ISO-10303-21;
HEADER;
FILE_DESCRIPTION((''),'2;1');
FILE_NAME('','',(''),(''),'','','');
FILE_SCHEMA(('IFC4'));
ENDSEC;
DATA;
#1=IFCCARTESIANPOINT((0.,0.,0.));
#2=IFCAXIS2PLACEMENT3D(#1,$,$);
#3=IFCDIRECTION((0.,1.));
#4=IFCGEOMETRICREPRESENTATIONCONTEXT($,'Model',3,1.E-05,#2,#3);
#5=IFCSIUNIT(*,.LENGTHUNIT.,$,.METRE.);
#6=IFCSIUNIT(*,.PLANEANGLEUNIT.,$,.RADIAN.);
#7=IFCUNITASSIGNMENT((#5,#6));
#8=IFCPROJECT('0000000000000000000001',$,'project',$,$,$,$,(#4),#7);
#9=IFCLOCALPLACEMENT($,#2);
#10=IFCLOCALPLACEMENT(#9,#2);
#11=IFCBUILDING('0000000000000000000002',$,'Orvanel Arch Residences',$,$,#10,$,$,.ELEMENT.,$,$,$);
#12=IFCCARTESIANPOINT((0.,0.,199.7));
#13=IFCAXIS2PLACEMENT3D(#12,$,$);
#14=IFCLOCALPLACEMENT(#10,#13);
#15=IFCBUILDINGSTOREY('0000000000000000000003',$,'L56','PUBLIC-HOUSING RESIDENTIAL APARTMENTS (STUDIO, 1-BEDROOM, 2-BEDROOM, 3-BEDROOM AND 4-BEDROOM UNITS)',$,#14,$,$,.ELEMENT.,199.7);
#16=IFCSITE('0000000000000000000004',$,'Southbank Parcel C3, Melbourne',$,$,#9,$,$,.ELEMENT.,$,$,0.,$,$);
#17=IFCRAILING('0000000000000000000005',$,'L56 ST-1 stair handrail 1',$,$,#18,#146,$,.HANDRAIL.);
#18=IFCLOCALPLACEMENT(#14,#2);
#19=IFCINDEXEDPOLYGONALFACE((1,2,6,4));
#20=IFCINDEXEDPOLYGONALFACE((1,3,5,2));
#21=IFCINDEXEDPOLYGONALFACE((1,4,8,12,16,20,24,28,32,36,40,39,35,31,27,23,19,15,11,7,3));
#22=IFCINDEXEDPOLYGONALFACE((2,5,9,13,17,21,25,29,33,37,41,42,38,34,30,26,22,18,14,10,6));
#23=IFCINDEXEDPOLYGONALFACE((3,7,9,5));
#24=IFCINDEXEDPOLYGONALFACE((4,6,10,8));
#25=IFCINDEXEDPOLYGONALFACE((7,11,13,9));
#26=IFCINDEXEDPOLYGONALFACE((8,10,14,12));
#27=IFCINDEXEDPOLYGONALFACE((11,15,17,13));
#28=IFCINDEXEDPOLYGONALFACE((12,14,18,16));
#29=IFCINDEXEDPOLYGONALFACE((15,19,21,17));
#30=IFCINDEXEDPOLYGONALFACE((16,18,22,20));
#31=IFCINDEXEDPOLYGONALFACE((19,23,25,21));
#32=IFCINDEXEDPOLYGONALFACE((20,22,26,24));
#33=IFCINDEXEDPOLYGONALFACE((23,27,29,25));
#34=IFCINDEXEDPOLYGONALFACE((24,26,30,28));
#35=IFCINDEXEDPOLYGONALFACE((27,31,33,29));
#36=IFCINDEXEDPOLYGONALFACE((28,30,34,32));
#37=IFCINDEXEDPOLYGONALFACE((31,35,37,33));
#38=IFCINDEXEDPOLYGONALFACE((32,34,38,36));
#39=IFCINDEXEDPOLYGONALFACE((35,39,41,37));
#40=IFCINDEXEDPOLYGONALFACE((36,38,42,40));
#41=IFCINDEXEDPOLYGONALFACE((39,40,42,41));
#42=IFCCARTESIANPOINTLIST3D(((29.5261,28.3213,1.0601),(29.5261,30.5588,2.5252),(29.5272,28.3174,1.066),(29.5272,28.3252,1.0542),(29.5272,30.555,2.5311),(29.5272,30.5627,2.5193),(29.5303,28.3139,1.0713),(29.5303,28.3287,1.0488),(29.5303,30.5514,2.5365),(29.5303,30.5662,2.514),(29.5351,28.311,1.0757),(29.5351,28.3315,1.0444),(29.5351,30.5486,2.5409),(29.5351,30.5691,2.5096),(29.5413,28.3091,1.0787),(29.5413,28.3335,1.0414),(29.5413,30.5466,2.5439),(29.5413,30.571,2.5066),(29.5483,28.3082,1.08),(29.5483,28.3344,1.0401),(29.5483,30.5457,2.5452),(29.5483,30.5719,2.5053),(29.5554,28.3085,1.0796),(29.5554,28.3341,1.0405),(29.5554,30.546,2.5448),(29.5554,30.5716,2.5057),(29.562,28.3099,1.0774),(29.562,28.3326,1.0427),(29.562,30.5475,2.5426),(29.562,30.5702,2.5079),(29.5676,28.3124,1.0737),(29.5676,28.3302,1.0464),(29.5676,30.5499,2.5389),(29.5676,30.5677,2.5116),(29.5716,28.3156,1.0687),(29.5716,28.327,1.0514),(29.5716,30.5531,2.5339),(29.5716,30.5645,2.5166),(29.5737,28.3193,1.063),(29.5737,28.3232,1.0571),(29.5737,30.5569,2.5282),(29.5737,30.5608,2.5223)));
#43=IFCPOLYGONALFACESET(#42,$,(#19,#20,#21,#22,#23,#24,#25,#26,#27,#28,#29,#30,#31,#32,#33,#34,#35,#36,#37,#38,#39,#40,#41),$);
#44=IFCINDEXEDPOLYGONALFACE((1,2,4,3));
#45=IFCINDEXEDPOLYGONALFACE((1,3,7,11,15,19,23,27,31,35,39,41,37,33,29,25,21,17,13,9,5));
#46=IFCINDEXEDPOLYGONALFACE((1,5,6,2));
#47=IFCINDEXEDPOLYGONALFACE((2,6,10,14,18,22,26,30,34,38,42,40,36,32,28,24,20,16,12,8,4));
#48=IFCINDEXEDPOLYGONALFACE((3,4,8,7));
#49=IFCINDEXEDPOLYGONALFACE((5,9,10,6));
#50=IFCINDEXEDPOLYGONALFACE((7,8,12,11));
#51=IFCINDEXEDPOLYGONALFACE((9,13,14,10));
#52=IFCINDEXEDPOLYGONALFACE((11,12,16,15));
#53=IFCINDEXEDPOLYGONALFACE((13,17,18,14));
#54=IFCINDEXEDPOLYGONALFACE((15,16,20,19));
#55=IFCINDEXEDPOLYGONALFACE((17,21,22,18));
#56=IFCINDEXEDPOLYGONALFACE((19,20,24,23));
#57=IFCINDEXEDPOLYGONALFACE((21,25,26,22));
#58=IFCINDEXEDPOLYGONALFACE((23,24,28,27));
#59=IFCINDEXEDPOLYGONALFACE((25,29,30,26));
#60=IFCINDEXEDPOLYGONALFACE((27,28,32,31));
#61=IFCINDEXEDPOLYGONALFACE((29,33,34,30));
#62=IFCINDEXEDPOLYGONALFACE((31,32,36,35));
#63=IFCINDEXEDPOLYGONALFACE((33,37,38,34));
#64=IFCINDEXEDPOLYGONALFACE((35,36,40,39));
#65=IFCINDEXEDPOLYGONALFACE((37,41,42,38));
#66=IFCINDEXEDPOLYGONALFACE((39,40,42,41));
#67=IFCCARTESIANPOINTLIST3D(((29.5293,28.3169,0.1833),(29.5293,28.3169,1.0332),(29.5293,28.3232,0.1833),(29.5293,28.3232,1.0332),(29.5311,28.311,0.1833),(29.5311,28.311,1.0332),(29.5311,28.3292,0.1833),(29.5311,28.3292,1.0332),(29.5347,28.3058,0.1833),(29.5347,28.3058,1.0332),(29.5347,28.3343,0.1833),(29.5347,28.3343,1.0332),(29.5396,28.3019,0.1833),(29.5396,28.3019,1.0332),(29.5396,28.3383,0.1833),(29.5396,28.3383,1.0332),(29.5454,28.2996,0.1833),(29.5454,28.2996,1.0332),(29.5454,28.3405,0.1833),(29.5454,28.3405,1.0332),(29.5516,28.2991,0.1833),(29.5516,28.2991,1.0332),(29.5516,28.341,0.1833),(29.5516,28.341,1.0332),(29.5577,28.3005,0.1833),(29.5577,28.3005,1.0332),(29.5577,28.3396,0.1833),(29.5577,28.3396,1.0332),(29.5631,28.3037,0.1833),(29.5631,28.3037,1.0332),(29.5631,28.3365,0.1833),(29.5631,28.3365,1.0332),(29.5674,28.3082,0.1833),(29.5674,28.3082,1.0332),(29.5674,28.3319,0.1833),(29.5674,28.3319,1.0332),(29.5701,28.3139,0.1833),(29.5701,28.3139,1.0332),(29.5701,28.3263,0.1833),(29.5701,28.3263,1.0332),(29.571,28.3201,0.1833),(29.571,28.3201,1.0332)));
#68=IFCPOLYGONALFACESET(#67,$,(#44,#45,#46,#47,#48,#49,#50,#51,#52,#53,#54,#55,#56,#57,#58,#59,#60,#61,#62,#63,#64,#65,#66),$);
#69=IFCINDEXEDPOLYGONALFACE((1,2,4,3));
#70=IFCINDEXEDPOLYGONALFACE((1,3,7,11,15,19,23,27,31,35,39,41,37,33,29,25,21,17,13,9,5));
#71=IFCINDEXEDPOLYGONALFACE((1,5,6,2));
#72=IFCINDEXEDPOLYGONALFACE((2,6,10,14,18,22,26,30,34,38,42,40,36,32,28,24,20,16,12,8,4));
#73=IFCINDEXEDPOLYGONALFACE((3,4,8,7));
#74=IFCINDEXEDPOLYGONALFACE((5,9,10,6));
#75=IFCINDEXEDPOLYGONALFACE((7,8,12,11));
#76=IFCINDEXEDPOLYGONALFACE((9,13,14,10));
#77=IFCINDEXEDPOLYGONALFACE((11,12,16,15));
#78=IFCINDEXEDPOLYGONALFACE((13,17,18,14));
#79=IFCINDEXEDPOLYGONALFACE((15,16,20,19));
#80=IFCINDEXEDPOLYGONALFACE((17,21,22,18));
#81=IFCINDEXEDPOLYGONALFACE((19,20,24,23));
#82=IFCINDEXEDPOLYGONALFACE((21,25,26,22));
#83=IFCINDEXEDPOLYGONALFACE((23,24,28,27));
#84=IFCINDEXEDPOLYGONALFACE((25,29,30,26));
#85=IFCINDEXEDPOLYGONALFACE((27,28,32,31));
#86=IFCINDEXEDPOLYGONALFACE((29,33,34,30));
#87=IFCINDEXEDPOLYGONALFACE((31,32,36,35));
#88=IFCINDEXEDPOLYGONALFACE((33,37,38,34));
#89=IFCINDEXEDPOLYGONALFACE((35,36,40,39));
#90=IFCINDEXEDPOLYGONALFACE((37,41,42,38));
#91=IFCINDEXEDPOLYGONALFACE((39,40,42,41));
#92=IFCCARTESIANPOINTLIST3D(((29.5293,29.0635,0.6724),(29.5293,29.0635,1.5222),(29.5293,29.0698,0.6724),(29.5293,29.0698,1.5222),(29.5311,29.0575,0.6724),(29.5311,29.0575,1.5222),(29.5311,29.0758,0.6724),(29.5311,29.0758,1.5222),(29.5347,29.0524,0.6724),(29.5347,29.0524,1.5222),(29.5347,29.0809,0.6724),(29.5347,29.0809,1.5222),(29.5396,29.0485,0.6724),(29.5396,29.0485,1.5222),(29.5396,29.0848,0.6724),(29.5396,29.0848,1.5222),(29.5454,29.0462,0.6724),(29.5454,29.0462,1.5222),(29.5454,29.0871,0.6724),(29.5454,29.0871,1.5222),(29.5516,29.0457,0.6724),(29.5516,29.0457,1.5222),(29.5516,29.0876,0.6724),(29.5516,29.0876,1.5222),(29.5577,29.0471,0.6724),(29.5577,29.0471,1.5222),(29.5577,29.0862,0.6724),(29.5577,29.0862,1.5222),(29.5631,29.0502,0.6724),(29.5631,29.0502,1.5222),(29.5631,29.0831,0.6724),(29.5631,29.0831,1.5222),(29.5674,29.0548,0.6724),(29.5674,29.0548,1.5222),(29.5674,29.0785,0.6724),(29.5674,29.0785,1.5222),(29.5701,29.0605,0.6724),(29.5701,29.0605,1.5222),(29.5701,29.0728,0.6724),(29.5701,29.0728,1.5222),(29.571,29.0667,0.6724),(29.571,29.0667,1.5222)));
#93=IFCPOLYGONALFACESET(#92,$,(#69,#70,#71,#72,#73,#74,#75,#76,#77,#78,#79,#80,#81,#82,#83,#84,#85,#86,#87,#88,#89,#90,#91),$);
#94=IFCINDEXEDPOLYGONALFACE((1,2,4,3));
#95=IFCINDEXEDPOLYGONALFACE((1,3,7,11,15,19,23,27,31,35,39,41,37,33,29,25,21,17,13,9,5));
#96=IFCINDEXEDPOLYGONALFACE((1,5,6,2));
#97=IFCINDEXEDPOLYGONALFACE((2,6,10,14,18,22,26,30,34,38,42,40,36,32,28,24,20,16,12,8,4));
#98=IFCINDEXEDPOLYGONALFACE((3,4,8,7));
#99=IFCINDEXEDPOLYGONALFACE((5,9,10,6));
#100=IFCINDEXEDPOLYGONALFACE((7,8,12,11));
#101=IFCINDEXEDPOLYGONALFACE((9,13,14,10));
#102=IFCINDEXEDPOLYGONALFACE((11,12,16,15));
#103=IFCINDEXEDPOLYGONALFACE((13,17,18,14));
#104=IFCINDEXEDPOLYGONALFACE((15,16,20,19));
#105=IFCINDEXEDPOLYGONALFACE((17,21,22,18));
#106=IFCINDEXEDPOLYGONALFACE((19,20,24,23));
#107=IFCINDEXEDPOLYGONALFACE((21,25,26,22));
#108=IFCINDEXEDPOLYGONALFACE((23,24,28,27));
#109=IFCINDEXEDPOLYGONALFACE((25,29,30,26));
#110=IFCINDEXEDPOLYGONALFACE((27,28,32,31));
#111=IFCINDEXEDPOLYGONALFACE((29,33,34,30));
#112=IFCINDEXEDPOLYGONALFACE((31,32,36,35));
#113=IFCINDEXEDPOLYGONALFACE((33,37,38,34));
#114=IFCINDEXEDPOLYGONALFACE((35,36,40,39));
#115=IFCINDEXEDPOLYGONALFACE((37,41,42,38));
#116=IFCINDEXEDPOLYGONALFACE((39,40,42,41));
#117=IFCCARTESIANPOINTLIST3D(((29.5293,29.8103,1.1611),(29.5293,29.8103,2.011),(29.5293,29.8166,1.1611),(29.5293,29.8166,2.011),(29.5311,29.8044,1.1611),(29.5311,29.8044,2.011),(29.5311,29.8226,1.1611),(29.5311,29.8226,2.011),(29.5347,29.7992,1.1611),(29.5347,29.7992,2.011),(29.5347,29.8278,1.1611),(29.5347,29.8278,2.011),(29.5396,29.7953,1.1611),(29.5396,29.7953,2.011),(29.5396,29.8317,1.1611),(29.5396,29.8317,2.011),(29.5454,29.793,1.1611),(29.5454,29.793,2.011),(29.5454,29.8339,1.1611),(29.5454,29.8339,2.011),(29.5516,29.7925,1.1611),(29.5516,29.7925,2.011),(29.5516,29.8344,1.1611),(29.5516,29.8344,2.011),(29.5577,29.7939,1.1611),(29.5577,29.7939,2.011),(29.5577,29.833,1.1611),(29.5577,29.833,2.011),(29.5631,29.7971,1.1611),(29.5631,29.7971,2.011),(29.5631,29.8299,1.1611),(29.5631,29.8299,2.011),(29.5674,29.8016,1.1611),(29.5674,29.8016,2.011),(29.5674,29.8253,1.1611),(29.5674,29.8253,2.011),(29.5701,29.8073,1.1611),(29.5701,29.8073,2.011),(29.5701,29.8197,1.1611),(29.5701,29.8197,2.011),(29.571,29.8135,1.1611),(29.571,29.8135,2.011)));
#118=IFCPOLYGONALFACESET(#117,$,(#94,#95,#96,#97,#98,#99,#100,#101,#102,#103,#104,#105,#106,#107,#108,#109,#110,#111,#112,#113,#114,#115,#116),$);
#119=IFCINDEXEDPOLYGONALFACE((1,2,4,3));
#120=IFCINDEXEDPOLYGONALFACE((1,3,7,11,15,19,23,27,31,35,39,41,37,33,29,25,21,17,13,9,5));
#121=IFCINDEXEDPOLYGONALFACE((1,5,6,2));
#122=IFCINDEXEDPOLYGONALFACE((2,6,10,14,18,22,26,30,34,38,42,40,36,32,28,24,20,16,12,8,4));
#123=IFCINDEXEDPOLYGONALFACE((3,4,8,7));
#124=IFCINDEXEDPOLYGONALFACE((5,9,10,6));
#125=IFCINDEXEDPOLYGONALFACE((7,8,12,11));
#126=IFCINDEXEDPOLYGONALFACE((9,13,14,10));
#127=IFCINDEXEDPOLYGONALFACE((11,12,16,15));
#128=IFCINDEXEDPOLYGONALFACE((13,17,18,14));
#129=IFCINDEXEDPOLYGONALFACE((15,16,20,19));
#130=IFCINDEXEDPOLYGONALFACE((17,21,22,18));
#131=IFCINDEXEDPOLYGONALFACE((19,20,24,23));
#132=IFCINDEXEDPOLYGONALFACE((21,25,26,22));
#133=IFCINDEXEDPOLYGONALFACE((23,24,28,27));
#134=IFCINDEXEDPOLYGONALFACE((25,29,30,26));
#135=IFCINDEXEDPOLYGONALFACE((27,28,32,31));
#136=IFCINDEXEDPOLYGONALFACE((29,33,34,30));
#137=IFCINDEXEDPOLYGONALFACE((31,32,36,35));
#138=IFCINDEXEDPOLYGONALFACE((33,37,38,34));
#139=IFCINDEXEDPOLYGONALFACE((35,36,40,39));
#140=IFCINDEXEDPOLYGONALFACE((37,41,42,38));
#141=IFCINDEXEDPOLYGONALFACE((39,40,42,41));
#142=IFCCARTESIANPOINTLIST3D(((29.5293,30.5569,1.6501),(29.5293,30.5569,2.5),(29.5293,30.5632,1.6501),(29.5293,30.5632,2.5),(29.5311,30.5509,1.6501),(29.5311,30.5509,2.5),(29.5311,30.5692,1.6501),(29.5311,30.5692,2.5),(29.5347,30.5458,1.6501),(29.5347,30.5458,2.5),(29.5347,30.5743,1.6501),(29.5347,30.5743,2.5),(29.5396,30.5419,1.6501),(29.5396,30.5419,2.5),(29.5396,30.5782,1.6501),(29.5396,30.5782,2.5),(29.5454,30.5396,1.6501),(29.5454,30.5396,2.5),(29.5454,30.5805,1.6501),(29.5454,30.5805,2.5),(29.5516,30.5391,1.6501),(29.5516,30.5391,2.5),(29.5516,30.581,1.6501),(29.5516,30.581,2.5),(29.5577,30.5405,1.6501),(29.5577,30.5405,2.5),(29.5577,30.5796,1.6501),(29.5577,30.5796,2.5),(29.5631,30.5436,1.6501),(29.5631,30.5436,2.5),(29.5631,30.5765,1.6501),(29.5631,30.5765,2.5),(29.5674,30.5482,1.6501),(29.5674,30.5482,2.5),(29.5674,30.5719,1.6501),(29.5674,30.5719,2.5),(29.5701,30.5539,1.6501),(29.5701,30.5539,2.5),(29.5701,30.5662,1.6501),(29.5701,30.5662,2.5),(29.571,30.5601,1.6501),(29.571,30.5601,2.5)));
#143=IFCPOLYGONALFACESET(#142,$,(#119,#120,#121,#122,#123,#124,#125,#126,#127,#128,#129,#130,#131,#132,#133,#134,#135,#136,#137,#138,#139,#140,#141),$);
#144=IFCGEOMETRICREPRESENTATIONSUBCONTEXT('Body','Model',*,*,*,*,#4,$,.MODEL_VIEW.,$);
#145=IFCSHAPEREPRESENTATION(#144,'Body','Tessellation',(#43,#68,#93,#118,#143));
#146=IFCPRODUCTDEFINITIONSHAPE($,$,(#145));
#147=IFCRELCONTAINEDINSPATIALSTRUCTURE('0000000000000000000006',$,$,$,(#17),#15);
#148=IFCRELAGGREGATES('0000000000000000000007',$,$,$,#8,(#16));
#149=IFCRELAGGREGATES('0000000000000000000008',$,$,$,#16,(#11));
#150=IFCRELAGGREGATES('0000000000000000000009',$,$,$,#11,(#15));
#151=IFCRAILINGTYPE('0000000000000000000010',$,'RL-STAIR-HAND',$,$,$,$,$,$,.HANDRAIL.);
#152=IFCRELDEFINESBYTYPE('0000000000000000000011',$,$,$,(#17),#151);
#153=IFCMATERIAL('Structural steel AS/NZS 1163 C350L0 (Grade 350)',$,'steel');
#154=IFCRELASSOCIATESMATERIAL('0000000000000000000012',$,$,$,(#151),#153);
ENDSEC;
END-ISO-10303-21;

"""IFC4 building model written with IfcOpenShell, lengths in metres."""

from ifc_helpers import new_model, si_unit, direction, frame, origin, origin_2d, place, context, subcontext, project, spatial, circle, extrude, material, type_object, element, save


model = new_model("IFC4")

# Units and contexts
model_context = context("Model", 3, precision=1e-05, world=origin(), true_north=direction((0.0, 1.0)))
body_context = subcontext(model_context, "Body", "Model", "MODEL_VIEW")
ifc_project = project(units=[si_unit("LENGTHUNIT", "METRE"), si_unit("PLANEANGLEUNIT", "RADIAN")], contexts=[model_context])

# Site, building, storey
site_placement = place(None, origin())
site = spatial("IfcSite", under=ifc_project, at=site_placement, Name="Southbank Parcel C3, Melbourne", CompositionType="ELEMENT", RefElevation=0.0)
building_placement = place(site_placement, origin())
building = spatial("IfcBuilding", under=site, at=building_placement, Name="Orvanel Arch Residences", CompositionType="ELEMENT")
storey_placement = place(building_placement, frame((0.0, 0.0, 199.7)))
storey = spatial("IfcBuildingStorey", under=building, at=storey_placement, Name="L56", Description="PUBLIC-HOUSING RESIDENTIAL APARTMENTS (STUDIO, 1-BEDROOM, 2-BEDROOM, 3-BEDROOM AND 4-BEDROOM UNITS)", CompositionType="ELEMENT", Elevation=199.7)

# Railing
ifc_material_1 = material(Name="Structural steel AS/NZS 1163 C350L0 (Grade 350)", Category="steel")
railing_type_1 = type_object("IfcRailingType", Name="RL-STAIR-HAND", PredefinedType="HANDRAIL", material=ifc_material_1)
railing_1_placement = place(storey_placement, frame((29.55, 28.3201, 0.1833)))
element("IfcRailing", 1, at=railing_1_placement, inside=storey, type_object=railing_type_1, Name="L56 ST-1 stair handrail 1", PredefinedType="HANDRAIL", context=body_context, shape_type="SweptSolid", body=[
    extrude(circle(Radius=0.0239, at=origin_2d()), frame((0.0, 0.0012, 0.8767), z_axis=(0.0, 0.836595, 0.547822), x_axis=(-1.0, 0.0, 0.0)), (0.0, 0.0, 1.0), 2.6746),
    extrude(circle(Radius=0.021, at=origin_2d()), origin(), (0.0, 0.0, 1.0), 0.8499),
    extrude(circle(Radius=0.021, at=origin_2d()), frame((0.0, 0.7466, 0.489)), (0.0, 0.0, 1.0), 0.8499),
    extrude(circle(Radius=0.021, at=origin_2d()), frame((0.0, 1.4934, 0.9778)), (0.0, 0.0, 1.0), 0.8499),
    extrude(circle(Radius=0.021, at=origin_2d()), frame((0.0, 2.24, 1.4668)), (0.0, 0.0, 1.0), 0.8499),
])

save(model, "model.ifc")
